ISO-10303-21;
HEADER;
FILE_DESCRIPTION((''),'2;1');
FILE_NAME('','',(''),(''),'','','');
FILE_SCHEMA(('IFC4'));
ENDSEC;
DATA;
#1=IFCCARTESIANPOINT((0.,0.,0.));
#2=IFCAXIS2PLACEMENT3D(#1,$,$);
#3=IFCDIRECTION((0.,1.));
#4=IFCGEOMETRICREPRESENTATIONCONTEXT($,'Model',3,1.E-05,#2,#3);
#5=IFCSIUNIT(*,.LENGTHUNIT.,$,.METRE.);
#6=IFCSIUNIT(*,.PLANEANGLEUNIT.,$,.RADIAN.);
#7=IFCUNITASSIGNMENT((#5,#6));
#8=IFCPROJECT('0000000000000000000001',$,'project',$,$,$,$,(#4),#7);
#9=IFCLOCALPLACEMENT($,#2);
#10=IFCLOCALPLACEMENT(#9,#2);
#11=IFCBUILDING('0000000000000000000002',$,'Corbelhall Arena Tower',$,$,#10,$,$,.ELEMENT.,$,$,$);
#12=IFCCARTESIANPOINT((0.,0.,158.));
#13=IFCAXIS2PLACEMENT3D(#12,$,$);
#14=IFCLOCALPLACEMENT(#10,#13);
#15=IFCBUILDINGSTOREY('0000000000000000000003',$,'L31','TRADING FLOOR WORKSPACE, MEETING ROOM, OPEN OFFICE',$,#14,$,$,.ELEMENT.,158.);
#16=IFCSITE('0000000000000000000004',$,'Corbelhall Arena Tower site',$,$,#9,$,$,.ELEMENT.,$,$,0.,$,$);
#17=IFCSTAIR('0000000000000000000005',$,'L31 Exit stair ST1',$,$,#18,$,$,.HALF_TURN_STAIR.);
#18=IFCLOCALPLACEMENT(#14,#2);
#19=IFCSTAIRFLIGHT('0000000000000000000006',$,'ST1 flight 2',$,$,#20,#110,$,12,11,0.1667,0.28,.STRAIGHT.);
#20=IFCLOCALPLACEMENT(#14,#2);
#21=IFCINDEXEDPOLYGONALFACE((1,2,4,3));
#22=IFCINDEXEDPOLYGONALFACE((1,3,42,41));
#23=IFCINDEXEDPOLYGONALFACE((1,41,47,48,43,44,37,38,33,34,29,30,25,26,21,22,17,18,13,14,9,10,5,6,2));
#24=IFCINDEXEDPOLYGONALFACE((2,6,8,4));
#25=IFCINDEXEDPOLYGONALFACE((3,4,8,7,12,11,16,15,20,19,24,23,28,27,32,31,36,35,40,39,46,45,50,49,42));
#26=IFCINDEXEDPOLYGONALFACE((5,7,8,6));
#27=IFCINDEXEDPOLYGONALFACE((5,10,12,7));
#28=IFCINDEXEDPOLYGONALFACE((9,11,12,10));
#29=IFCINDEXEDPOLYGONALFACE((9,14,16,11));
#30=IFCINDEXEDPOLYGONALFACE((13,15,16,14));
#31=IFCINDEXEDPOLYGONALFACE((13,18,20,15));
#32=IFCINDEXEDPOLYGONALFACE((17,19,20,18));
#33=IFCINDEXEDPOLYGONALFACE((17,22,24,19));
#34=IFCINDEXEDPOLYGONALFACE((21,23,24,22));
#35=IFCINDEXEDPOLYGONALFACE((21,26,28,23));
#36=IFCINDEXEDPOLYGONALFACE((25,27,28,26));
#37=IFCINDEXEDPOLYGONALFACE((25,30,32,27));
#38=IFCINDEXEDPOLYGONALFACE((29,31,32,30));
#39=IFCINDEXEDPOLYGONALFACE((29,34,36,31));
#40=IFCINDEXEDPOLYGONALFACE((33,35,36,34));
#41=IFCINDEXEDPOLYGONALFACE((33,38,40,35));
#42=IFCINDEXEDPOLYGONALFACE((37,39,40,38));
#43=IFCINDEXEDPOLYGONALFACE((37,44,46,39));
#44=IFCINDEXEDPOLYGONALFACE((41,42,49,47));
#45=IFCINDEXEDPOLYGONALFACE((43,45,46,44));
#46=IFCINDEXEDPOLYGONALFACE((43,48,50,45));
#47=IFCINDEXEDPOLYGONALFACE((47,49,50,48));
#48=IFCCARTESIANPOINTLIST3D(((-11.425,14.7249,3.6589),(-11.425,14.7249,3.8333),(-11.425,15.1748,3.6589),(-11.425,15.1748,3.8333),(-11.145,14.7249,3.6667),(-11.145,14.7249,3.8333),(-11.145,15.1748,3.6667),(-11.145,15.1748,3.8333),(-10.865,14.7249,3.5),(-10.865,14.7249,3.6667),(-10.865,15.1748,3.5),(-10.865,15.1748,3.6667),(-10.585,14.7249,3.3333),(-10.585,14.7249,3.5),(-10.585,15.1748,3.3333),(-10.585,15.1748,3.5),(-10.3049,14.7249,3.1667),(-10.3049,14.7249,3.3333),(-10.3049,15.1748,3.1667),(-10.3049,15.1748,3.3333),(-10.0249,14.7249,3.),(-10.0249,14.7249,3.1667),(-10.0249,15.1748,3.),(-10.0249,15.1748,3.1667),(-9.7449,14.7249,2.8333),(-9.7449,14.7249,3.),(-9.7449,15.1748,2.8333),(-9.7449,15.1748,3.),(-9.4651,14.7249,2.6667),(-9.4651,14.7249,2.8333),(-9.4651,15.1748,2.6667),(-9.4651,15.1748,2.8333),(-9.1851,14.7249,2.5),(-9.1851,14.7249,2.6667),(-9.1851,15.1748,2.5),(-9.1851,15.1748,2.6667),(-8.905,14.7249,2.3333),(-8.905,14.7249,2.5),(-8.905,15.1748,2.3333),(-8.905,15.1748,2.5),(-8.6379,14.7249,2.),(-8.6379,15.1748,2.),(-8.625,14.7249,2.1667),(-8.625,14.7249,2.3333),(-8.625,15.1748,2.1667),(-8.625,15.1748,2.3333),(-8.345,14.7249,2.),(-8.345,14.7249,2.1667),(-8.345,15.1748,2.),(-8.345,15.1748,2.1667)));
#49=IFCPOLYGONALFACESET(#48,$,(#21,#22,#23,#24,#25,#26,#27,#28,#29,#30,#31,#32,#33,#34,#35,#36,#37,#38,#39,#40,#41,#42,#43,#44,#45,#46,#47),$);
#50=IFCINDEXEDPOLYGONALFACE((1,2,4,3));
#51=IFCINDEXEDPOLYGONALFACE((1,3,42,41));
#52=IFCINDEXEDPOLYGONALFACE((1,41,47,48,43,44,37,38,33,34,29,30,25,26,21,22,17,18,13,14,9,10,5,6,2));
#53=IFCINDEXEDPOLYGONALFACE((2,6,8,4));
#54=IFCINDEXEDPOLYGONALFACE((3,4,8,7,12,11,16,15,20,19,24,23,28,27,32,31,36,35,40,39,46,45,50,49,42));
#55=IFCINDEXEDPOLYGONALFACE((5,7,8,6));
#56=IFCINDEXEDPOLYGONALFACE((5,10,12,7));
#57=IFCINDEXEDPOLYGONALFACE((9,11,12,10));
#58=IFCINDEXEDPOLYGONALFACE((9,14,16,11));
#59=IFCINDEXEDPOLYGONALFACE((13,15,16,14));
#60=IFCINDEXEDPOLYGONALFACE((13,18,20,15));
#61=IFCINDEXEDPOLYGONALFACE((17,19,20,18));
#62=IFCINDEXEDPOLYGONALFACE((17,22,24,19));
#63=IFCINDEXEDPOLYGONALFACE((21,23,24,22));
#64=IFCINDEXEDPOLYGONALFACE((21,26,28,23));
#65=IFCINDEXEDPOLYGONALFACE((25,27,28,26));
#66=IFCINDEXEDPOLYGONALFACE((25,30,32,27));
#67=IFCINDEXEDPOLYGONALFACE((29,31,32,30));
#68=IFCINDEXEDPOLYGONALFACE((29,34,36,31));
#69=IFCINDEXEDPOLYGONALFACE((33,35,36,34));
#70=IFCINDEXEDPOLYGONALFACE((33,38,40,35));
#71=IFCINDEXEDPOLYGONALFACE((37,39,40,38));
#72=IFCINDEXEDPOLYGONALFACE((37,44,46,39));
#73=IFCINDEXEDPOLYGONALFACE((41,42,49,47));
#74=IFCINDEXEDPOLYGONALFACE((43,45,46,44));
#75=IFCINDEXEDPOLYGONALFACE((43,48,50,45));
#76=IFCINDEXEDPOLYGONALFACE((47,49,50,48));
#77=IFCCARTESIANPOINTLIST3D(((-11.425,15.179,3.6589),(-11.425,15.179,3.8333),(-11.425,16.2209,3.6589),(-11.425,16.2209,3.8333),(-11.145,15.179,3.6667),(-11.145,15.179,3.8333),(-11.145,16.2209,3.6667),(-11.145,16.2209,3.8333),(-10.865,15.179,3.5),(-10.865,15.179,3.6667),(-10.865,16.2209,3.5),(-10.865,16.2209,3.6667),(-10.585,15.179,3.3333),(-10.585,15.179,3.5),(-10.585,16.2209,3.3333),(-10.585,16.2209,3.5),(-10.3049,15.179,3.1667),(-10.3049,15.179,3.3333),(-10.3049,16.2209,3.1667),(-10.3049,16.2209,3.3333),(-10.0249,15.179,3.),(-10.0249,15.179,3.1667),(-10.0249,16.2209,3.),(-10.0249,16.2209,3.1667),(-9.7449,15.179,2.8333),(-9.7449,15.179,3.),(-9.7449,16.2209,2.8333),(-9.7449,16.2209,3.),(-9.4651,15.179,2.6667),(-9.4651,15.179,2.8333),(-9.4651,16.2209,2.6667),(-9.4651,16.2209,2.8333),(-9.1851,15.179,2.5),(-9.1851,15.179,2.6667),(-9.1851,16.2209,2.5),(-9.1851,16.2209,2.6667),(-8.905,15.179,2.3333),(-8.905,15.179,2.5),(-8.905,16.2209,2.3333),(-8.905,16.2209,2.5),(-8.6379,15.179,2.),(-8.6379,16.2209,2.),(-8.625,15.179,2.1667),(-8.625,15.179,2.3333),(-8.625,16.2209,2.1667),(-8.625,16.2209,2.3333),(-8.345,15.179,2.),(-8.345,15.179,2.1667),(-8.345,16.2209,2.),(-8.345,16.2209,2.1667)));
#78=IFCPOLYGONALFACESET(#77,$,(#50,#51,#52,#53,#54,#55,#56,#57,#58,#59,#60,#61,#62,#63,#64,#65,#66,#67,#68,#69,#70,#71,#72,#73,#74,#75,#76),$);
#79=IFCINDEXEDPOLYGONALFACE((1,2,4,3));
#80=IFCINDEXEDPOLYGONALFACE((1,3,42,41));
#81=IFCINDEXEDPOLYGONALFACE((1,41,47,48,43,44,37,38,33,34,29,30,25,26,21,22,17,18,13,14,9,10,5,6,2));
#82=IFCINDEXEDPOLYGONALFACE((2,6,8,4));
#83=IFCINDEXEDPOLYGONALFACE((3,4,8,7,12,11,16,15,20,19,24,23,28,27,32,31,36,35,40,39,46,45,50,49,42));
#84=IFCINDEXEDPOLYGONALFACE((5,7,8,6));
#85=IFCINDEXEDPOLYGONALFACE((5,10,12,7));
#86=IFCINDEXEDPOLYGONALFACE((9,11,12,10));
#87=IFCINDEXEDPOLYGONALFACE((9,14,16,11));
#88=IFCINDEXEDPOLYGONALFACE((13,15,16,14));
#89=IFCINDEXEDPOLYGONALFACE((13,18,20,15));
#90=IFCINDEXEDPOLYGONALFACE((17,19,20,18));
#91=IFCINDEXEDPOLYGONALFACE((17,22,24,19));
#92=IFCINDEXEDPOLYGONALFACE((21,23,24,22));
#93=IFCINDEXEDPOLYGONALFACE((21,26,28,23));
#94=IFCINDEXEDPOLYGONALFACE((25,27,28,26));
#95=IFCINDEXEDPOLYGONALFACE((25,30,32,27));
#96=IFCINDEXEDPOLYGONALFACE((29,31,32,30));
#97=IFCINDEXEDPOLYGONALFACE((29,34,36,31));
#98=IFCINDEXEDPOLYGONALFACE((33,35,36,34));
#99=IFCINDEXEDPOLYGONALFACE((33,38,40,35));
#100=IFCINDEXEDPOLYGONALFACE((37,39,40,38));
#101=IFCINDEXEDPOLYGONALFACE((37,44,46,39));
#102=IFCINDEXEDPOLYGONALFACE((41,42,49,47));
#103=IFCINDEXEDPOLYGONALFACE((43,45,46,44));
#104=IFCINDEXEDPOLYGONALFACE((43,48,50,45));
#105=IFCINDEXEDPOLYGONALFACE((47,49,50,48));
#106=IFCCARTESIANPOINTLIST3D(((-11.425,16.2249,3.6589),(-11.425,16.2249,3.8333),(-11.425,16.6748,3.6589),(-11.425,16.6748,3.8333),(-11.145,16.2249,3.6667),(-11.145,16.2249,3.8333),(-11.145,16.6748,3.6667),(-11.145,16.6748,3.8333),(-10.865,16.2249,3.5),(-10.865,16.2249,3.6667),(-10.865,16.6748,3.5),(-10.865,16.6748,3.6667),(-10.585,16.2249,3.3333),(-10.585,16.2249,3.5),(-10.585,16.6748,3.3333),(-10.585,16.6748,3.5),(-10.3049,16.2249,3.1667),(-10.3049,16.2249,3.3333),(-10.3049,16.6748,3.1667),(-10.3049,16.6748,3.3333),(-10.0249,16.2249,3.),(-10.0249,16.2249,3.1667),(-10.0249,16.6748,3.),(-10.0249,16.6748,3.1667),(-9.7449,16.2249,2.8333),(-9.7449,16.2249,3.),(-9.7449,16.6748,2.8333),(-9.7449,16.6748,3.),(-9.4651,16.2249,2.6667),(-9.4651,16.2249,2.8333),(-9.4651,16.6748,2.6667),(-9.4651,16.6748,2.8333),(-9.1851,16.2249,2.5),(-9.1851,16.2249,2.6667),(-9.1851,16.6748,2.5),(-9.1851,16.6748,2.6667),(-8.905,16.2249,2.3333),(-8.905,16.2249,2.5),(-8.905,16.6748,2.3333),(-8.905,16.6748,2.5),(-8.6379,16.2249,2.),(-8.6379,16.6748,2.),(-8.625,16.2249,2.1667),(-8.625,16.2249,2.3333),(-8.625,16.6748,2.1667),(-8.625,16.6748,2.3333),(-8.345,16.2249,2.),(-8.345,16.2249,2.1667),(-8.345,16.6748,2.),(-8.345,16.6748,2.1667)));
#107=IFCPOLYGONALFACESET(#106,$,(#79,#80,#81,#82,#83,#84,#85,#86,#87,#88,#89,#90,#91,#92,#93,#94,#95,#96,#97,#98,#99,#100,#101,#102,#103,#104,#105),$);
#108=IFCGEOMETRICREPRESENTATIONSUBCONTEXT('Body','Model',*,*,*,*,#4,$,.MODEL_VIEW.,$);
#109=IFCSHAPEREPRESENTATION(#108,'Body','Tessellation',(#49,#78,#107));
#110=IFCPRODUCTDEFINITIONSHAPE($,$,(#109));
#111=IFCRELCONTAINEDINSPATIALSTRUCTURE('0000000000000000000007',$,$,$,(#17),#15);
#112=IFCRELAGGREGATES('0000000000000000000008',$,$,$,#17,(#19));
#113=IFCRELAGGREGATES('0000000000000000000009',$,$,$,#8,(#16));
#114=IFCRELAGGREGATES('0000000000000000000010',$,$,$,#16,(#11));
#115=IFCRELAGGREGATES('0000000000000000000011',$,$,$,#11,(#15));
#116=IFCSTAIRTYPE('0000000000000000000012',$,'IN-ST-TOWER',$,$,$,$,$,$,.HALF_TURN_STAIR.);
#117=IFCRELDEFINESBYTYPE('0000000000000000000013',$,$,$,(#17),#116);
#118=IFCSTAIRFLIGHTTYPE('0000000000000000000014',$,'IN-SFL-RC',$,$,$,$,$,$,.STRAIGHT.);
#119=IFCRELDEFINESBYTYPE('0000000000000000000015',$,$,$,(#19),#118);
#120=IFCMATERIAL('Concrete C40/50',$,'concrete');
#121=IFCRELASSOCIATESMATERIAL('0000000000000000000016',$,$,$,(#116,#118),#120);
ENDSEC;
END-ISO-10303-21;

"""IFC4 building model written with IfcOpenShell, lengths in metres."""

from ifc_helpers import new_model, si_unit, direction, frame, origin, place, context, subcontext, project, spatial, polyline, outline, extrude, material, type_object, element, aggregate, save


model = new_model("IFC4")

# Units and contexts
model_context = context("Model", 3, precision=1e-05, world=origin(), true_north=direction((0.0, 1.0)))
body_context = subcontext(model_context, "Body", "Model", "MODEL_VIEW")
ifc_project = project(units=[si_unit("LENGTHUNIT", "METRE"), si_unit("PLANEANGLEUNIT", "RADIAN")], contexts=[model_context])

# Site, building, storey
site_placement = place(None, origin())
site = spatial("IfcSite", under=ifc_project, at=site_placement, Name="Corbelhall Arena Tower site", CompositionType="ELEMENT", RefElevation=0.0)
building_placement = place(site_placement, origin())
building = spatial("IfcBuilding", under=site, at=building_placement, Name="Corbelhall Arena Tower", CompositionType="ELEMENT")
storey_placement = place(building_placement, frame((0.0, 0.0, 158.0)))
storey = spatial("IfcBuildingStorey", under=building, at=storey_placement, Name="L31", Description="TRADING FLOOR WORKSPACE, MEETING ROOM, OPEN OFFICE", CompositionType="ELEMENT", Elevation=158.0)

# Shared definitions
ifc_material_1 = material(Name="Concrete C40/50", Category="concrete")

# Stair, stair flight
stair_type = type_object("IfcStairType", Name="IN-ST-TOWER", PredefinedType="HALF_TURN_STAIR", material=ifc_material_1)
stair_placement = place(storey_placement, origin())
stair = element("IfcStair", 1, at=stair_placement, inside=storey, type_object=stair_type, Name="L31 Exit stair ST1", PredefinedType="HALF_TURN_STAIR")
stair_flight_type = type_object("IfcStairFlightType", Name="IN-SFL-RC", PredefinedType="STRAIGHT", material=ifc_material_1)
stair_flight_placement = place(storey_placement, frame((-8.345, 15.7, 2.0), z_axis=(0.0, 0.0, 1.0), x_axis=(-1.0, 0.0, 0.0)))
stair_flight = element("IfcStairFlight", 2, at=stair_flight_placement, type_object=stair_flight_type, Name="ST1 flight 2", NumberOfRisers=12, NumberOfTreads=11, PredefinedType="STRAIGHT", RiserHeight=0.1667, TreadLength=0.28, context=body_context, shape_type="SweptSolid", body=[
    extrude(outline(polyline([(0.0, 0.0), (0.0, 0.1667), (0.28, 0.1667), (0.28, 0.3333), (0.5601, 0.3333), (0.5601, 0.5), (0.8401, 0.5), (0.8401, 0.6667), (1.1201, 0.6667), (1.1201, 0.8333), (1.3999, 0.8333), (1.3999, 1.0), (1.6799, 1.0), (1.6799, 1.1667), (1.96, 1.1667), (1.96, 1.3333), (2.24, 1.3333), (2.24, 1.5), (2.52, 1.5), (2.52, 1.6667), (2.8, 1.6667), (2.8, 1.8333), (3.0801, 1.8333), (3.0801, 2.0), (3.0801, 1.6589), (0.293, 0.0), (0.0, 0.0)])), frame((0.0, 0.9751, 0.0), z_axis=(0.0, -1.0, 0.0), x_axis=(1.0, 0.0, 0.0)), (0.0, 0.0, 1.0), 0.45),
    extrude(outline(polyline([(0.0, 0.0), (0.0, 0.1667), (0.28, 0.1667), (0.28, 0.3333), (0.5601, 0.3333), (0.5601, 0.5), (0.8401, 0.5), (0.8401, 0.6667), (1.1201, 0.6667), (1.1201, 0.8333), (1.3999, 0.8333), (1.3999, 1.0), (1.6799, 1.0), (1.6799, 1.1667), (1.96, 1.1667), (1.96, 1.3333), (2.24, 1.3333), (2.24, 1.5), (2.52, 1.5), (2.52, 1.6667), (2.8, 1.6667), (2.8, 1.8333), (3.0801, 1.8333), (3.0801, 2.0), (3.0801, 1.6589), (0.293, 0.0), (0.0, 0.0)])), frame((0.0, 0.521, 0.0), z_axis=(0.0, -1.0, 0.0), x_axis=(1.0, 0.0, 0.0)), (0.0, 0.0, 1.0), 1.042),
    extrude(outline(polyline([(0.0, 0.0), (0.0, 0.1667), (0.28, 0.1667), (0.28, 0.3333), (0.5601, 0.3333), (0.5601, 0.5), (0.8401, 0.5), (0.8401, 0.6667), (1.1201, 0.6667), (1.1201, 0.8333), (1.3999, 0.8333), (1.3999, 1.0), (1.6799, 1.0), (1.6799, 1.1667), (1.96, 1.1667), (1.96, 1.3333), (2.24, 1.3333), (2.24, 1.5), (2.52, 1.5), (2.52, 1.6667), (2.8, 1.6667), (2.8, 1.8333), (3.0801, 1.8333), (3.0801, 2.0), (3.0801, 1.6589), (0.293, 0.0), (0.0, 0.0)])), frame((0.0, -0.5249, 0.0), z_axis=(0.0, -1.0, 0.0), x_axis=(1.0, 0.0, 0.0)), (0.0, 0.0, 1.0), 0.45),
])
aggregate(stair, [stair_flight])

save(model, "model.ifc")
